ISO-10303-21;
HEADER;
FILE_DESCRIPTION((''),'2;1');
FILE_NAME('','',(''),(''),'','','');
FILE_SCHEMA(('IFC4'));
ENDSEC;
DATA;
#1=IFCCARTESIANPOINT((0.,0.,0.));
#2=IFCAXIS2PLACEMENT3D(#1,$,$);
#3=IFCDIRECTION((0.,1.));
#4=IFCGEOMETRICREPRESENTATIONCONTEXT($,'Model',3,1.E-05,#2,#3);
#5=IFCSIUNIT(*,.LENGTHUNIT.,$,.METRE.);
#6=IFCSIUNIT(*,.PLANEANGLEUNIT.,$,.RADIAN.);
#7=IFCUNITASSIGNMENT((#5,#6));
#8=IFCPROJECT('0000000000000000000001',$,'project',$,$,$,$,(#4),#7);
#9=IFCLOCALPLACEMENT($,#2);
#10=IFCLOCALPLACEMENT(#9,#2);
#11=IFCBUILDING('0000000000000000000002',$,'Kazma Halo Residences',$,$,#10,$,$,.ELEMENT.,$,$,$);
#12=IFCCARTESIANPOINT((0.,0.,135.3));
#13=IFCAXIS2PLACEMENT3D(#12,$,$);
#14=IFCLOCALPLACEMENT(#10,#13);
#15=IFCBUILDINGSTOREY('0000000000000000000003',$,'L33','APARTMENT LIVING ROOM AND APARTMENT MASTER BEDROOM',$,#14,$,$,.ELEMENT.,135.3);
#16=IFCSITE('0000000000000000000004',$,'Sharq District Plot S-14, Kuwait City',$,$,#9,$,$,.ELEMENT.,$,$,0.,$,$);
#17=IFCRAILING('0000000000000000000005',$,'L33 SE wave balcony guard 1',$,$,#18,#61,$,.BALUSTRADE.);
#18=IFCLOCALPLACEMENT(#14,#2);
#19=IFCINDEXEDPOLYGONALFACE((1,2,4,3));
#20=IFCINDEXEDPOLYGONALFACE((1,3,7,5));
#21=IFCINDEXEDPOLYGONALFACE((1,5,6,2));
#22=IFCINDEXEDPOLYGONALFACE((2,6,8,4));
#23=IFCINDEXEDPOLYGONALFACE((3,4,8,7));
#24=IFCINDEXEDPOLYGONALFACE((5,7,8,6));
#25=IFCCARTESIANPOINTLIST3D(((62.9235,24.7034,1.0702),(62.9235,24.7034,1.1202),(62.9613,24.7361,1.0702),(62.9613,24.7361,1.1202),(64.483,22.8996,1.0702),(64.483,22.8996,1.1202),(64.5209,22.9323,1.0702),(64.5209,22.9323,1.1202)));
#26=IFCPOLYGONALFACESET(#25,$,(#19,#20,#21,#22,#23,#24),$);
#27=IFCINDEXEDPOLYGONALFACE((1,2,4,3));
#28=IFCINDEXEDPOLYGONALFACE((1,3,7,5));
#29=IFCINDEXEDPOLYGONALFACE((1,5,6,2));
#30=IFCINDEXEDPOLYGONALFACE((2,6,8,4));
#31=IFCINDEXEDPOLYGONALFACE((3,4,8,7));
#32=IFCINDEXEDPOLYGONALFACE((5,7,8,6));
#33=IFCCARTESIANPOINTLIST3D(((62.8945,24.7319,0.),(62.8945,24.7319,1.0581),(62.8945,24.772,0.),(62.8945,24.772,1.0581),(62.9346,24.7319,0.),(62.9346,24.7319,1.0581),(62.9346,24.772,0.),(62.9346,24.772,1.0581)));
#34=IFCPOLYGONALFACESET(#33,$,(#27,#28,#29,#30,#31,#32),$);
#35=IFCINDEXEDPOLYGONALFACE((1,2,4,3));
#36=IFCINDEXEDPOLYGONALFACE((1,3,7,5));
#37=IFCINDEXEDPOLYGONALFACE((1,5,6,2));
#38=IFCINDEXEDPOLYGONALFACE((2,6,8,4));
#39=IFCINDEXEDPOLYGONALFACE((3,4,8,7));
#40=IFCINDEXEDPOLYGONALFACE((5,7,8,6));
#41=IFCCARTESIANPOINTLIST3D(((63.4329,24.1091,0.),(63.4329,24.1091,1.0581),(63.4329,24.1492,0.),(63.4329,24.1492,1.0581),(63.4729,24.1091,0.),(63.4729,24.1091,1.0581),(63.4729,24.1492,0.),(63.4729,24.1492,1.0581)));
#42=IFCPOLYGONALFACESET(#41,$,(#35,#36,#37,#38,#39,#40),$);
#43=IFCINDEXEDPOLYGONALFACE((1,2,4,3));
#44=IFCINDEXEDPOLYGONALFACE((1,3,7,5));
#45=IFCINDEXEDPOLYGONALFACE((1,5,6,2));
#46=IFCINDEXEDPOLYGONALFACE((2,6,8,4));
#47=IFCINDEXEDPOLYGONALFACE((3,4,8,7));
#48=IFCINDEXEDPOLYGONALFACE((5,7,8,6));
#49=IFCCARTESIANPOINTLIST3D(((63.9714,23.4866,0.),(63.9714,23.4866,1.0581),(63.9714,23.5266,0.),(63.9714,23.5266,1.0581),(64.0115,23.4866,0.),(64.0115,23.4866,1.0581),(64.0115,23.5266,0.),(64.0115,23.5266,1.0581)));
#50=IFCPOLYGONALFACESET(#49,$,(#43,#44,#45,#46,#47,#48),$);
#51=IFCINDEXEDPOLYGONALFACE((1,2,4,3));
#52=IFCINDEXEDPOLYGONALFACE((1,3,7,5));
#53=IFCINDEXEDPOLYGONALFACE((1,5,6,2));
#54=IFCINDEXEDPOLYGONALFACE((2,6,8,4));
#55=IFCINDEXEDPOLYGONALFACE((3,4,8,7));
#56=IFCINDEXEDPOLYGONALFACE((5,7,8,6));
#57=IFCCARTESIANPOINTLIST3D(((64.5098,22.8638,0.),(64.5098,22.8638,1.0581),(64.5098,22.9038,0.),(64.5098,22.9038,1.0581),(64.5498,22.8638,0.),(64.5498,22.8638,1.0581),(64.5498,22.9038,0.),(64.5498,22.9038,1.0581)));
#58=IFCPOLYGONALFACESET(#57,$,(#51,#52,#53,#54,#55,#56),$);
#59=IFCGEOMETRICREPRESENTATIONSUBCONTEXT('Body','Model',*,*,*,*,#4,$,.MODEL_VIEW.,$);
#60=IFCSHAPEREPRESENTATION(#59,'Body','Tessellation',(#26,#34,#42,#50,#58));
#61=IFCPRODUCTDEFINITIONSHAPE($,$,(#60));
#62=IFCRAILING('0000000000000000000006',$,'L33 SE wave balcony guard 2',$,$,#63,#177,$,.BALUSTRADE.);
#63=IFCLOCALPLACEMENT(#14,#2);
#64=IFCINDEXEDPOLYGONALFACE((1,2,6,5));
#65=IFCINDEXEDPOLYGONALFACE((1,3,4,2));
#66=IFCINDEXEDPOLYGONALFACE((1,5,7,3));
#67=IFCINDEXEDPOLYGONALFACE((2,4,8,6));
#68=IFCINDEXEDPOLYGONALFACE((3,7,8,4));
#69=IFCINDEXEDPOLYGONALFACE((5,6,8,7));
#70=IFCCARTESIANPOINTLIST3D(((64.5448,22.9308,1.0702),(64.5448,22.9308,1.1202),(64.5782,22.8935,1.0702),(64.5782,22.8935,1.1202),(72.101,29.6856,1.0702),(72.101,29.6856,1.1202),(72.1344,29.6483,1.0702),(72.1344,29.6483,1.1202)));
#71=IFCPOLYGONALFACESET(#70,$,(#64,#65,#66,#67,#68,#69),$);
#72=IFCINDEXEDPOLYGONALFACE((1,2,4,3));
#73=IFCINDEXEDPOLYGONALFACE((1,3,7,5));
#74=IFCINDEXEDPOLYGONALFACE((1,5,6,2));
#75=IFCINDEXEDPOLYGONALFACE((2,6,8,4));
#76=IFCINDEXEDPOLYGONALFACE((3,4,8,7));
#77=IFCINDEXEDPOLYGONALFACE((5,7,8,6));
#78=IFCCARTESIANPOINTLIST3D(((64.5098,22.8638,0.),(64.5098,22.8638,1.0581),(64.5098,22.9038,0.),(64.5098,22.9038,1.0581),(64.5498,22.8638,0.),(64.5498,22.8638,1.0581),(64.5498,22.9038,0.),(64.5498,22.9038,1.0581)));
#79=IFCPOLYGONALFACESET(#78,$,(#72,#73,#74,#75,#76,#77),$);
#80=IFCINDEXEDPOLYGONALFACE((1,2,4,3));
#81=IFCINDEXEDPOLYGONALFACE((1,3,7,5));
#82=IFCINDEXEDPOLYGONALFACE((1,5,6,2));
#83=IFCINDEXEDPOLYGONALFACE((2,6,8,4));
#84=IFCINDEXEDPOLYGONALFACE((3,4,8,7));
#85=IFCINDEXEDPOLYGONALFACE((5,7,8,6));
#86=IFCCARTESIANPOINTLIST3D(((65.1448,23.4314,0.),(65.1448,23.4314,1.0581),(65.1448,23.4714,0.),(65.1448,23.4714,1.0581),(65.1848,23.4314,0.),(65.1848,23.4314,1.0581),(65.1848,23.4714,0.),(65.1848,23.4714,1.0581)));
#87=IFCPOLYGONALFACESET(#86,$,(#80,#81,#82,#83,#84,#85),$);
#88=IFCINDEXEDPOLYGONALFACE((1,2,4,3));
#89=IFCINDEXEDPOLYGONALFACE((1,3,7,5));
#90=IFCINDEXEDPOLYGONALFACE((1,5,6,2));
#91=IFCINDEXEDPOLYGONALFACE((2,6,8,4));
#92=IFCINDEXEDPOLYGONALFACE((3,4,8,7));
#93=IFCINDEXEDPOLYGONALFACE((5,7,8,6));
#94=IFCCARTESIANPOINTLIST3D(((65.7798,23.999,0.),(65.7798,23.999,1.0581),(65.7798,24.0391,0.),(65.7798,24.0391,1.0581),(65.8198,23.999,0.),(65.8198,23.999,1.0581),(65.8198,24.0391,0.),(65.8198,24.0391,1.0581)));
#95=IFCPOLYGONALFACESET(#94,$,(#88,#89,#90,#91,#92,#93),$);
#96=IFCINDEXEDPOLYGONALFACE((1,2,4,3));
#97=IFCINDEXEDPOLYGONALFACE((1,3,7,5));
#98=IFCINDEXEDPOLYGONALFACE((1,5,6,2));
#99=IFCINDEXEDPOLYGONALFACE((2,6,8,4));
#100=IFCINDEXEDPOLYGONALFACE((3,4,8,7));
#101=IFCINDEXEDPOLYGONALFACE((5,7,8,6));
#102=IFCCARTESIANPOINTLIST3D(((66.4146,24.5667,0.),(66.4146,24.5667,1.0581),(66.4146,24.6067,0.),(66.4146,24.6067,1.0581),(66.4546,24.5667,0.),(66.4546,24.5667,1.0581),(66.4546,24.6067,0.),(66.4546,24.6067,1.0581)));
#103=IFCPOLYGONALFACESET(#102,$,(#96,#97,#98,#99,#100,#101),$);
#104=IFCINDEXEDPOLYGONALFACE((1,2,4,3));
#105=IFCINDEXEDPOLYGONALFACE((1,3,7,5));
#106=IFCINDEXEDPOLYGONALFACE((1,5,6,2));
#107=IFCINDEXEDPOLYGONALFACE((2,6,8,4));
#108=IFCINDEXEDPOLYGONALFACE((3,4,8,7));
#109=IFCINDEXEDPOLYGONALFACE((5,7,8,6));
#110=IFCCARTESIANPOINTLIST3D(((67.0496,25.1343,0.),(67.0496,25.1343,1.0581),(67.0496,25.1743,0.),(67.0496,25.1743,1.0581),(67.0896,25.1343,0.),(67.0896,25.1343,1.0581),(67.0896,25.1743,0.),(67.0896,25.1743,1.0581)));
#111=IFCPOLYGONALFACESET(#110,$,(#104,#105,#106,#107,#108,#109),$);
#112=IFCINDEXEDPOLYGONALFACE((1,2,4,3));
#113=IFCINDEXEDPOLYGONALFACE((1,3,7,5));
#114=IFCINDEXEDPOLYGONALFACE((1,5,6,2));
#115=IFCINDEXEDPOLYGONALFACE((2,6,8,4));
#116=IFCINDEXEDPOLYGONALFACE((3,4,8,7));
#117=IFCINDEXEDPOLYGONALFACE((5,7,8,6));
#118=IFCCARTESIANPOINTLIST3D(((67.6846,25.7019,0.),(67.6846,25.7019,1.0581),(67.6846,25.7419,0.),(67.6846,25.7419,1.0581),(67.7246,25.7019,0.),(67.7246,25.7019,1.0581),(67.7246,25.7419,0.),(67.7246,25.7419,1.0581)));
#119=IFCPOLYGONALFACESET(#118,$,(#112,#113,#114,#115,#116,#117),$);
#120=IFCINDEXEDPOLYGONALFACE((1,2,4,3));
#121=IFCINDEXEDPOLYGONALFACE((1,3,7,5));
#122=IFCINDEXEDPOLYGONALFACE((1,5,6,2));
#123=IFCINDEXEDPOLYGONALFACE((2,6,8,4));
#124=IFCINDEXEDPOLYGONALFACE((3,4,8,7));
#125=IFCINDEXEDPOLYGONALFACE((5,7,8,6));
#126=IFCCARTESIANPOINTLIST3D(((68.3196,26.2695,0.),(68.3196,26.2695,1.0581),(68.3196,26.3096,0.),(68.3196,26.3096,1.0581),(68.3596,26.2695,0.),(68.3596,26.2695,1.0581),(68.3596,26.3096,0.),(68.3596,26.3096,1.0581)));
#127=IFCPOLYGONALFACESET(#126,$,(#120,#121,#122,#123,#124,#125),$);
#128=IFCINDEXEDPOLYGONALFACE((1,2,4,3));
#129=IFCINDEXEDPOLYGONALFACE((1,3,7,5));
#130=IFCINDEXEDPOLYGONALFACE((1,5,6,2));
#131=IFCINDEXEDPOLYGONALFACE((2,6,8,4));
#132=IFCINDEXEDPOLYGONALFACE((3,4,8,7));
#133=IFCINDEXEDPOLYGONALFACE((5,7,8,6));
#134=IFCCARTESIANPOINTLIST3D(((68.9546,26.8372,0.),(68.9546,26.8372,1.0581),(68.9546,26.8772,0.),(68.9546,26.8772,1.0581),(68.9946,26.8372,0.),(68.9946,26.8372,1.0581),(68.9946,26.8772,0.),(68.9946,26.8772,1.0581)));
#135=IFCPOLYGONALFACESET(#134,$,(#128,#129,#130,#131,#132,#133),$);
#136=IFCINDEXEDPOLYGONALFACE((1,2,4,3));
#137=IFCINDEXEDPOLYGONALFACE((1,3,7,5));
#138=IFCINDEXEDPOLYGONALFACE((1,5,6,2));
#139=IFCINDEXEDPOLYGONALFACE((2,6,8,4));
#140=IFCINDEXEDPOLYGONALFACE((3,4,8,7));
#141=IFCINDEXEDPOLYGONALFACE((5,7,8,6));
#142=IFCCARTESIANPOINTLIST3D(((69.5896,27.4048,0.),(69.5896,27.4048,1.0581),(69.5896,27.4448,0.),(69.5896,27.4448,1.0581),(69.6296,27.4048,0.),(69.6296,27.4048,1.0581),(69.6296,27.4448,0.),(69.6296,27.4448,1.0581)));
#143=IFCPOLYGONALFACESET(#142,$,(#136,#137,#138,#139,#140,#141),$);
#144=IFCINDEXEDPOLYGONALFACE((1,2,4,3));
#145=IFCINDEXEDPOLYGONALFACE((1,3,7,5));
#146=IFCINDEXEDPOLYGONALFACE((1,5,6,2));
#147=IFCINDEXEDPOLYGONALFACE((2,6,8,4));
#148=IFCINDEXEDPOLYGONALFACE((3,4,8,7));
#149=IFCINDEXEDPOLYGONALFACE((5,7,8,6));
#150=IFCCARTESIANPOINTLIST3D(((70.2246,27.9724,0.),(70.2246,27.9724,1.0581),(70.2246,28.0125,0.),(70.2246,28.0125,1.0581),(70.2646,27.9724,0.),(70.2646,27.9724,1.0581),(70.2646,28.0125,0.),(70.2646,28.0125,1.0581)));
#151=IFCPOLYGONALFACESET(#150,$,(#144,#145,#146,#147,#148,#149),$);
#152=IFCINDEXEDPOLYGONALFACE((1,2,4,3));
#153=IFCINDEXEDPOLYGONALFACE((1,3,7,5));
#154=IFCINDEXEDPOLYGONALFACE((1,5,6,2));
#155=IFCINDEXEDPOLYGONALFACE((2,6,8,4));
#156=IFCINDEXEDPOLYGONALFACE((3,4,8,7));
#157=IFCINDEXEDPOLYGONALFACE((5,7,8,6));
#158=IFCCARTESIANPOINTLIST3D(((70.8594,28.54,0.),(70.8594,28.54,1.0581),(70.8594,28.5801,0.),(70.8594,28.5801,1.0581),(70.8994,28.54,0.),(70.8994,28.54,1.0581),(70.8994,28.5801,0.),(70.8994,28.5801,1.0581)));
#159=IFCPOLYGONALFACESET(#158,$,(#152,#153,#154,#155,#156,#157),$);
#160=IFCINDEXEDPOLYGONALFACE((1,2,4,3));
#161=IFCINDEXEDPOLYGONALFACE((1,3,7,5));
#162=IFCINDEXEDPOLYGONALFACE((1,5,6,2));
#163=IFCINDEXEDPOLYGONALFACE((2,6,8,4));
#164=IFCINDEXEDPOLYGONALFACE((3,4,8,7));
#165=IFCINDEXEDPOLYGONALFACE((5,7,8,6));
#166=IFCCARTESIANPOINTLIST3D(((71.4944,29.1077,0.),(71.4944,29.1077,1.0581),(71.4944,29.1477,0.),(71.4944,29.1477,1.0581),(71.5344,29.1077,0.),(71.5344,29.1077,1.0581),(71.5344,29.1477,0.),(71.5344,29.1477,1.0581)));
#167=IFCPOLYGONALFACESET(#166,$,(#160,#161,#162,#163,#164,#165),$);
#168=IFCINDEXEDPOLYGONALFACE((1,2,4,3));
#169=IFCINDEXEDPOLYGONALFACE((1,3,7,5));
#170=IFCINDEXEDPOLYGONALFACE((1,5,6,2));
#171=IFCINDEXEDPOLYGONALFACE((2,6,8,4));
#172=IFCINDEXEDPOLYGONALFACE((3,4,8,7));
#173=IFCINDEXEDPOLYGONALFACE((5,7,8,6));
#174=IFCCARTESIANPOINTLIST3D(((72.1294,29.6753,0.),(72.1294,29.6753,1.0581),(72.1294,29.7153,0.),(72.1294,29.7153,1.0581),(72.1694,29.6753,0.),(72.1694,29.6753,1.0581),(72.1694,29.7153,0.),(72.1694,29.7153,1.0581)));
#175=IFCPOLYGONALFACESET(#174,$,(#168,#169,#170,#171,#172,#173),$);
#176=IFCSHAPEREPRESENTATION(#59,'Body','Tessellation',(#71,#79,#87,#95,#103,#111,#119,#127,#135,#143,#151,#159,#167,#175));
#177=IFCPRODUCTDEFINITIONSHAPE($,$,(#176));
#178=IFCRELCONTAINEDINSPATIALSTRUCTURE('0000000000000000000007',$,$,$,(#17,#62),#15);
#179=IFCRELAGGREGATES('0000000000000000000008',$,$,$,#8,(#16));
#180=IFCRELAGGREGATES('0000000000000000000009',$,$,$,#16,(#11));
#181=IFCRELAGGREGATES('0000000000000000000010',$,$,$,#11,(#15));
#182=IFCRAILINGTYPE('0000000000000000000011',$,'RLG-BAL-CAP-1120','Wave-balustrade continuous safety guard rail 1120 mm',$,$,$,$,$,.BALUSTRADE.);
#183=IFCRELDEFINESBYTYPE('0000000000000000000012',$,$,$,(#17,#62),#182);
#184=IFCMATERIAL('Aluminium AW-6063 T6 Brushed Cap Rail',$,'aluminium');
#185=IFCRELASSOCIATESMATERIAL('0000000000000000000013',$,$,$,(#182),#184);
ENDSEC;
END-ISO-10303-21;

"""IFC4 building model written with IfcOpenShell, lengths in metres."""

from ifc_helpers import new_model, si_unit, direction, frame, origin, origin_2d, place, context, subcontext, project, spatial, rectangle, extrude, material, type_object, element, save


model = new_model("IFC4")

# Units and contexts
model_context = context("Model", 3, precision=1e-05, world=origin(), true_north=direction((0.0, 1.0)))
body_context = subcontext(model_context, "Body", "Model", "MODEL_VIEW")
ifc_project = project(units=[si_unit("LENGTHUNIT", "METRE"), si_unit("PLANEANGLEUNIT", "RADIAN")], contexts=[model_context])

# Site, building, storey
site_placement = place(None, origin())
site = spatial("IfcSite", under=ifc_project, at=site_placement, Name="Sharq District Plot S-14, Kuwait City", CompositionType="ELEMENT", RefElevation=0.0)
building_placement = place(site_placement, origin())
building = spatial("IfcBuilding", under=site, at=building_placement, Name="Kazma Halo Residences", CompositionType="ELEMENT")
storey_placement = place(building_placement, frame((0.0, 0.0, 135.3)))
storey = spatial("IfcBuildingStorey", under=building, at=storey_placement, Name="L33", Description="APARTMENT LIVING ROOM AND APARTMENT MASTER BEDROOM", CompositionType="ELEMENT", Elevation=135.3)

# Railings
ifc_material_1 = material(Name="Aluminium AW-6063 T6 Brushed Cap Rail", Category="aluminium")
railing_type = type_object("IfcRailingType", Name="RLG-BAL-CAP-1120", Description="Wave-balustrade continuous safety guard rail 1120 mm", PredefinedType="BALUSTRADE", material=ifc_material_1)
railing_1_placement = place(storey_placement, frame((62.9146, 24.752, 0.0)))
element("IfcRailing", 1, at=railing_1_placement, inside=storey, type_object=railing_type, Name="L33 SE wave balcony guard 1", PredefinedType="BALUSTRADE", context=body_context, shape_type="SweptSolid", body=[
    extrude(rectangle(XDim=0.05, YDim=0.05, at=origin_2d()), frame((0.0278, -0.0322, 1.0952), z_axis=(0.654042, -0.756458, 0.0), x_axis=(0.756458, 0.654042, 0.0)), (0.0, 0.0, 1.0), 2.3845),
    extrude(rectangle(XDim=0.04, YDim=0.04, at=origin_2d()), origin(), (0.0, 0.0, 1.0), 1.0581),
    extrude(rectangle(XDim=0.04, YDim=0.04, at=origin_2d()), frame((0.5383, -0.6228, 0.0)), (0.0, 0.0, 1.0), 1.0581),
    extrude(rectangle(XDim=0.04, YDim=0.04, at=origin_2d()), frame((1.0769, -1.2454, 0.0)), (0.0, 0.0, 1.0), 1.0581),
    extrude(rectangle(XDim=0.04, YDim=0.04, at=origin_2d()), frame((1.6152, -1.8682, 0.0)), (0.0, 0.0, 1.0), 1.0581),
])
railing_2_placement = place(storey_placement, frame((64.5298, 22.8838, 0.0)))
element("IfcRailing", 2, at=railing_2_placement, inside=storey, type_object=railing_type, Name="L33 SE wave balcony guard 2", PredefinedType="BALUSTRADE", context=body_context, shape_type="SweptSolid", body=[
    extrude(rectangle(XDim=0.05, YDim=0.05, at=origin_2d()), frame((0.0317, 0.0283, 1.0952), z_axis=(0.745535, 0.666467, 0.0), x_axis=(-0.666467, 0.745535, 0.0)), (0.0, 0.0, 1.0), 10.1353),
    extrude(rectangle(XDim=0.04, YDim=0.04, at=origin_2d()), origin(), (0.0, 0.0, 1.0), 1.0581),
    extrude(rectangle(XDim=0.04, YDim=0.04, at=origin_2d()), frame((0.635, 0.5676, 0.0)), (0.0, 0.0, 1.0), 1.0581),
    extrude(rectangle(XDim=0.04, YDim=0.04, at=origin_2d()), frame((1.27, 1.1353, 0.0)), (0.0, 0.0, 1.0), 1.0581),
    extrude(rectangle(XDim=0.04, YDim=0.04, at=origin_2d()), frame((1.9048, 1.7029, 0.0)), (0.0, 0.0, 1.0), 1.0581),
    extrude(rectangle(XDim=0.04, YDim=0.04, at=origin_2d()), frame((2.5398, 2.2705, 0.0)), (0.0, 0.0, 1.0), 1.0581),
    extrude(rectangle(XDim=0.04, YDim=0.04, at=origin_2d()), frame((3.1748, 2.8381, 0.0)), (0.0, 0.0, 1.0), 1.0581),
    extrude(rectangle(XDim=0.04, YDim=0.04, at=origin_2d()), frame((3.8098, 3.4058, 0.0)), (0.0, 0.0, 1.0), 1.0581),
    extrude(rectangle(XDim=0.04, YDim=0.04, at=origin_2d()), frame((4.4448, 3.9734, 0.0)), (0.0, 0.0, 1.0), 1.0581),
    extrude(rectangle(XDim=0.04, YDim=0.04, at=origin_2d()), frame((5.0798, 4.541, 0.0)), (0.0, 0.0, 1.0), 1.0581),
    extrude(rectangle(XDim=0.04, YDim=0.04, at=origin_2d()), frame((5.7148, 5.1086, 0.0)), (0.0, 0.0, 1.0), 1.0581),
    extrude(rectangle(XDim=0.04, YDim=0.04, at=origin_2d()), frame((6.3496, 5.6763, 0.0)), (0.0, 0.0, 1.0), 1.0581),
    extrude(rectangle(XDim=0.04, YDim=0.04, at=origin_2d()), frame((6.9846, 6.2439, 0.0)), (0.0, 0.0, 1.0), 1.0581),
    extrude(rectangle(XDim=0.04, YDim=0.04, at=origin_2d()), frame((7.6196, 6.8115, 0.0)), (0.0, 0.0, 1.0), 1.0581),
])

save(model, "model.ifc")
